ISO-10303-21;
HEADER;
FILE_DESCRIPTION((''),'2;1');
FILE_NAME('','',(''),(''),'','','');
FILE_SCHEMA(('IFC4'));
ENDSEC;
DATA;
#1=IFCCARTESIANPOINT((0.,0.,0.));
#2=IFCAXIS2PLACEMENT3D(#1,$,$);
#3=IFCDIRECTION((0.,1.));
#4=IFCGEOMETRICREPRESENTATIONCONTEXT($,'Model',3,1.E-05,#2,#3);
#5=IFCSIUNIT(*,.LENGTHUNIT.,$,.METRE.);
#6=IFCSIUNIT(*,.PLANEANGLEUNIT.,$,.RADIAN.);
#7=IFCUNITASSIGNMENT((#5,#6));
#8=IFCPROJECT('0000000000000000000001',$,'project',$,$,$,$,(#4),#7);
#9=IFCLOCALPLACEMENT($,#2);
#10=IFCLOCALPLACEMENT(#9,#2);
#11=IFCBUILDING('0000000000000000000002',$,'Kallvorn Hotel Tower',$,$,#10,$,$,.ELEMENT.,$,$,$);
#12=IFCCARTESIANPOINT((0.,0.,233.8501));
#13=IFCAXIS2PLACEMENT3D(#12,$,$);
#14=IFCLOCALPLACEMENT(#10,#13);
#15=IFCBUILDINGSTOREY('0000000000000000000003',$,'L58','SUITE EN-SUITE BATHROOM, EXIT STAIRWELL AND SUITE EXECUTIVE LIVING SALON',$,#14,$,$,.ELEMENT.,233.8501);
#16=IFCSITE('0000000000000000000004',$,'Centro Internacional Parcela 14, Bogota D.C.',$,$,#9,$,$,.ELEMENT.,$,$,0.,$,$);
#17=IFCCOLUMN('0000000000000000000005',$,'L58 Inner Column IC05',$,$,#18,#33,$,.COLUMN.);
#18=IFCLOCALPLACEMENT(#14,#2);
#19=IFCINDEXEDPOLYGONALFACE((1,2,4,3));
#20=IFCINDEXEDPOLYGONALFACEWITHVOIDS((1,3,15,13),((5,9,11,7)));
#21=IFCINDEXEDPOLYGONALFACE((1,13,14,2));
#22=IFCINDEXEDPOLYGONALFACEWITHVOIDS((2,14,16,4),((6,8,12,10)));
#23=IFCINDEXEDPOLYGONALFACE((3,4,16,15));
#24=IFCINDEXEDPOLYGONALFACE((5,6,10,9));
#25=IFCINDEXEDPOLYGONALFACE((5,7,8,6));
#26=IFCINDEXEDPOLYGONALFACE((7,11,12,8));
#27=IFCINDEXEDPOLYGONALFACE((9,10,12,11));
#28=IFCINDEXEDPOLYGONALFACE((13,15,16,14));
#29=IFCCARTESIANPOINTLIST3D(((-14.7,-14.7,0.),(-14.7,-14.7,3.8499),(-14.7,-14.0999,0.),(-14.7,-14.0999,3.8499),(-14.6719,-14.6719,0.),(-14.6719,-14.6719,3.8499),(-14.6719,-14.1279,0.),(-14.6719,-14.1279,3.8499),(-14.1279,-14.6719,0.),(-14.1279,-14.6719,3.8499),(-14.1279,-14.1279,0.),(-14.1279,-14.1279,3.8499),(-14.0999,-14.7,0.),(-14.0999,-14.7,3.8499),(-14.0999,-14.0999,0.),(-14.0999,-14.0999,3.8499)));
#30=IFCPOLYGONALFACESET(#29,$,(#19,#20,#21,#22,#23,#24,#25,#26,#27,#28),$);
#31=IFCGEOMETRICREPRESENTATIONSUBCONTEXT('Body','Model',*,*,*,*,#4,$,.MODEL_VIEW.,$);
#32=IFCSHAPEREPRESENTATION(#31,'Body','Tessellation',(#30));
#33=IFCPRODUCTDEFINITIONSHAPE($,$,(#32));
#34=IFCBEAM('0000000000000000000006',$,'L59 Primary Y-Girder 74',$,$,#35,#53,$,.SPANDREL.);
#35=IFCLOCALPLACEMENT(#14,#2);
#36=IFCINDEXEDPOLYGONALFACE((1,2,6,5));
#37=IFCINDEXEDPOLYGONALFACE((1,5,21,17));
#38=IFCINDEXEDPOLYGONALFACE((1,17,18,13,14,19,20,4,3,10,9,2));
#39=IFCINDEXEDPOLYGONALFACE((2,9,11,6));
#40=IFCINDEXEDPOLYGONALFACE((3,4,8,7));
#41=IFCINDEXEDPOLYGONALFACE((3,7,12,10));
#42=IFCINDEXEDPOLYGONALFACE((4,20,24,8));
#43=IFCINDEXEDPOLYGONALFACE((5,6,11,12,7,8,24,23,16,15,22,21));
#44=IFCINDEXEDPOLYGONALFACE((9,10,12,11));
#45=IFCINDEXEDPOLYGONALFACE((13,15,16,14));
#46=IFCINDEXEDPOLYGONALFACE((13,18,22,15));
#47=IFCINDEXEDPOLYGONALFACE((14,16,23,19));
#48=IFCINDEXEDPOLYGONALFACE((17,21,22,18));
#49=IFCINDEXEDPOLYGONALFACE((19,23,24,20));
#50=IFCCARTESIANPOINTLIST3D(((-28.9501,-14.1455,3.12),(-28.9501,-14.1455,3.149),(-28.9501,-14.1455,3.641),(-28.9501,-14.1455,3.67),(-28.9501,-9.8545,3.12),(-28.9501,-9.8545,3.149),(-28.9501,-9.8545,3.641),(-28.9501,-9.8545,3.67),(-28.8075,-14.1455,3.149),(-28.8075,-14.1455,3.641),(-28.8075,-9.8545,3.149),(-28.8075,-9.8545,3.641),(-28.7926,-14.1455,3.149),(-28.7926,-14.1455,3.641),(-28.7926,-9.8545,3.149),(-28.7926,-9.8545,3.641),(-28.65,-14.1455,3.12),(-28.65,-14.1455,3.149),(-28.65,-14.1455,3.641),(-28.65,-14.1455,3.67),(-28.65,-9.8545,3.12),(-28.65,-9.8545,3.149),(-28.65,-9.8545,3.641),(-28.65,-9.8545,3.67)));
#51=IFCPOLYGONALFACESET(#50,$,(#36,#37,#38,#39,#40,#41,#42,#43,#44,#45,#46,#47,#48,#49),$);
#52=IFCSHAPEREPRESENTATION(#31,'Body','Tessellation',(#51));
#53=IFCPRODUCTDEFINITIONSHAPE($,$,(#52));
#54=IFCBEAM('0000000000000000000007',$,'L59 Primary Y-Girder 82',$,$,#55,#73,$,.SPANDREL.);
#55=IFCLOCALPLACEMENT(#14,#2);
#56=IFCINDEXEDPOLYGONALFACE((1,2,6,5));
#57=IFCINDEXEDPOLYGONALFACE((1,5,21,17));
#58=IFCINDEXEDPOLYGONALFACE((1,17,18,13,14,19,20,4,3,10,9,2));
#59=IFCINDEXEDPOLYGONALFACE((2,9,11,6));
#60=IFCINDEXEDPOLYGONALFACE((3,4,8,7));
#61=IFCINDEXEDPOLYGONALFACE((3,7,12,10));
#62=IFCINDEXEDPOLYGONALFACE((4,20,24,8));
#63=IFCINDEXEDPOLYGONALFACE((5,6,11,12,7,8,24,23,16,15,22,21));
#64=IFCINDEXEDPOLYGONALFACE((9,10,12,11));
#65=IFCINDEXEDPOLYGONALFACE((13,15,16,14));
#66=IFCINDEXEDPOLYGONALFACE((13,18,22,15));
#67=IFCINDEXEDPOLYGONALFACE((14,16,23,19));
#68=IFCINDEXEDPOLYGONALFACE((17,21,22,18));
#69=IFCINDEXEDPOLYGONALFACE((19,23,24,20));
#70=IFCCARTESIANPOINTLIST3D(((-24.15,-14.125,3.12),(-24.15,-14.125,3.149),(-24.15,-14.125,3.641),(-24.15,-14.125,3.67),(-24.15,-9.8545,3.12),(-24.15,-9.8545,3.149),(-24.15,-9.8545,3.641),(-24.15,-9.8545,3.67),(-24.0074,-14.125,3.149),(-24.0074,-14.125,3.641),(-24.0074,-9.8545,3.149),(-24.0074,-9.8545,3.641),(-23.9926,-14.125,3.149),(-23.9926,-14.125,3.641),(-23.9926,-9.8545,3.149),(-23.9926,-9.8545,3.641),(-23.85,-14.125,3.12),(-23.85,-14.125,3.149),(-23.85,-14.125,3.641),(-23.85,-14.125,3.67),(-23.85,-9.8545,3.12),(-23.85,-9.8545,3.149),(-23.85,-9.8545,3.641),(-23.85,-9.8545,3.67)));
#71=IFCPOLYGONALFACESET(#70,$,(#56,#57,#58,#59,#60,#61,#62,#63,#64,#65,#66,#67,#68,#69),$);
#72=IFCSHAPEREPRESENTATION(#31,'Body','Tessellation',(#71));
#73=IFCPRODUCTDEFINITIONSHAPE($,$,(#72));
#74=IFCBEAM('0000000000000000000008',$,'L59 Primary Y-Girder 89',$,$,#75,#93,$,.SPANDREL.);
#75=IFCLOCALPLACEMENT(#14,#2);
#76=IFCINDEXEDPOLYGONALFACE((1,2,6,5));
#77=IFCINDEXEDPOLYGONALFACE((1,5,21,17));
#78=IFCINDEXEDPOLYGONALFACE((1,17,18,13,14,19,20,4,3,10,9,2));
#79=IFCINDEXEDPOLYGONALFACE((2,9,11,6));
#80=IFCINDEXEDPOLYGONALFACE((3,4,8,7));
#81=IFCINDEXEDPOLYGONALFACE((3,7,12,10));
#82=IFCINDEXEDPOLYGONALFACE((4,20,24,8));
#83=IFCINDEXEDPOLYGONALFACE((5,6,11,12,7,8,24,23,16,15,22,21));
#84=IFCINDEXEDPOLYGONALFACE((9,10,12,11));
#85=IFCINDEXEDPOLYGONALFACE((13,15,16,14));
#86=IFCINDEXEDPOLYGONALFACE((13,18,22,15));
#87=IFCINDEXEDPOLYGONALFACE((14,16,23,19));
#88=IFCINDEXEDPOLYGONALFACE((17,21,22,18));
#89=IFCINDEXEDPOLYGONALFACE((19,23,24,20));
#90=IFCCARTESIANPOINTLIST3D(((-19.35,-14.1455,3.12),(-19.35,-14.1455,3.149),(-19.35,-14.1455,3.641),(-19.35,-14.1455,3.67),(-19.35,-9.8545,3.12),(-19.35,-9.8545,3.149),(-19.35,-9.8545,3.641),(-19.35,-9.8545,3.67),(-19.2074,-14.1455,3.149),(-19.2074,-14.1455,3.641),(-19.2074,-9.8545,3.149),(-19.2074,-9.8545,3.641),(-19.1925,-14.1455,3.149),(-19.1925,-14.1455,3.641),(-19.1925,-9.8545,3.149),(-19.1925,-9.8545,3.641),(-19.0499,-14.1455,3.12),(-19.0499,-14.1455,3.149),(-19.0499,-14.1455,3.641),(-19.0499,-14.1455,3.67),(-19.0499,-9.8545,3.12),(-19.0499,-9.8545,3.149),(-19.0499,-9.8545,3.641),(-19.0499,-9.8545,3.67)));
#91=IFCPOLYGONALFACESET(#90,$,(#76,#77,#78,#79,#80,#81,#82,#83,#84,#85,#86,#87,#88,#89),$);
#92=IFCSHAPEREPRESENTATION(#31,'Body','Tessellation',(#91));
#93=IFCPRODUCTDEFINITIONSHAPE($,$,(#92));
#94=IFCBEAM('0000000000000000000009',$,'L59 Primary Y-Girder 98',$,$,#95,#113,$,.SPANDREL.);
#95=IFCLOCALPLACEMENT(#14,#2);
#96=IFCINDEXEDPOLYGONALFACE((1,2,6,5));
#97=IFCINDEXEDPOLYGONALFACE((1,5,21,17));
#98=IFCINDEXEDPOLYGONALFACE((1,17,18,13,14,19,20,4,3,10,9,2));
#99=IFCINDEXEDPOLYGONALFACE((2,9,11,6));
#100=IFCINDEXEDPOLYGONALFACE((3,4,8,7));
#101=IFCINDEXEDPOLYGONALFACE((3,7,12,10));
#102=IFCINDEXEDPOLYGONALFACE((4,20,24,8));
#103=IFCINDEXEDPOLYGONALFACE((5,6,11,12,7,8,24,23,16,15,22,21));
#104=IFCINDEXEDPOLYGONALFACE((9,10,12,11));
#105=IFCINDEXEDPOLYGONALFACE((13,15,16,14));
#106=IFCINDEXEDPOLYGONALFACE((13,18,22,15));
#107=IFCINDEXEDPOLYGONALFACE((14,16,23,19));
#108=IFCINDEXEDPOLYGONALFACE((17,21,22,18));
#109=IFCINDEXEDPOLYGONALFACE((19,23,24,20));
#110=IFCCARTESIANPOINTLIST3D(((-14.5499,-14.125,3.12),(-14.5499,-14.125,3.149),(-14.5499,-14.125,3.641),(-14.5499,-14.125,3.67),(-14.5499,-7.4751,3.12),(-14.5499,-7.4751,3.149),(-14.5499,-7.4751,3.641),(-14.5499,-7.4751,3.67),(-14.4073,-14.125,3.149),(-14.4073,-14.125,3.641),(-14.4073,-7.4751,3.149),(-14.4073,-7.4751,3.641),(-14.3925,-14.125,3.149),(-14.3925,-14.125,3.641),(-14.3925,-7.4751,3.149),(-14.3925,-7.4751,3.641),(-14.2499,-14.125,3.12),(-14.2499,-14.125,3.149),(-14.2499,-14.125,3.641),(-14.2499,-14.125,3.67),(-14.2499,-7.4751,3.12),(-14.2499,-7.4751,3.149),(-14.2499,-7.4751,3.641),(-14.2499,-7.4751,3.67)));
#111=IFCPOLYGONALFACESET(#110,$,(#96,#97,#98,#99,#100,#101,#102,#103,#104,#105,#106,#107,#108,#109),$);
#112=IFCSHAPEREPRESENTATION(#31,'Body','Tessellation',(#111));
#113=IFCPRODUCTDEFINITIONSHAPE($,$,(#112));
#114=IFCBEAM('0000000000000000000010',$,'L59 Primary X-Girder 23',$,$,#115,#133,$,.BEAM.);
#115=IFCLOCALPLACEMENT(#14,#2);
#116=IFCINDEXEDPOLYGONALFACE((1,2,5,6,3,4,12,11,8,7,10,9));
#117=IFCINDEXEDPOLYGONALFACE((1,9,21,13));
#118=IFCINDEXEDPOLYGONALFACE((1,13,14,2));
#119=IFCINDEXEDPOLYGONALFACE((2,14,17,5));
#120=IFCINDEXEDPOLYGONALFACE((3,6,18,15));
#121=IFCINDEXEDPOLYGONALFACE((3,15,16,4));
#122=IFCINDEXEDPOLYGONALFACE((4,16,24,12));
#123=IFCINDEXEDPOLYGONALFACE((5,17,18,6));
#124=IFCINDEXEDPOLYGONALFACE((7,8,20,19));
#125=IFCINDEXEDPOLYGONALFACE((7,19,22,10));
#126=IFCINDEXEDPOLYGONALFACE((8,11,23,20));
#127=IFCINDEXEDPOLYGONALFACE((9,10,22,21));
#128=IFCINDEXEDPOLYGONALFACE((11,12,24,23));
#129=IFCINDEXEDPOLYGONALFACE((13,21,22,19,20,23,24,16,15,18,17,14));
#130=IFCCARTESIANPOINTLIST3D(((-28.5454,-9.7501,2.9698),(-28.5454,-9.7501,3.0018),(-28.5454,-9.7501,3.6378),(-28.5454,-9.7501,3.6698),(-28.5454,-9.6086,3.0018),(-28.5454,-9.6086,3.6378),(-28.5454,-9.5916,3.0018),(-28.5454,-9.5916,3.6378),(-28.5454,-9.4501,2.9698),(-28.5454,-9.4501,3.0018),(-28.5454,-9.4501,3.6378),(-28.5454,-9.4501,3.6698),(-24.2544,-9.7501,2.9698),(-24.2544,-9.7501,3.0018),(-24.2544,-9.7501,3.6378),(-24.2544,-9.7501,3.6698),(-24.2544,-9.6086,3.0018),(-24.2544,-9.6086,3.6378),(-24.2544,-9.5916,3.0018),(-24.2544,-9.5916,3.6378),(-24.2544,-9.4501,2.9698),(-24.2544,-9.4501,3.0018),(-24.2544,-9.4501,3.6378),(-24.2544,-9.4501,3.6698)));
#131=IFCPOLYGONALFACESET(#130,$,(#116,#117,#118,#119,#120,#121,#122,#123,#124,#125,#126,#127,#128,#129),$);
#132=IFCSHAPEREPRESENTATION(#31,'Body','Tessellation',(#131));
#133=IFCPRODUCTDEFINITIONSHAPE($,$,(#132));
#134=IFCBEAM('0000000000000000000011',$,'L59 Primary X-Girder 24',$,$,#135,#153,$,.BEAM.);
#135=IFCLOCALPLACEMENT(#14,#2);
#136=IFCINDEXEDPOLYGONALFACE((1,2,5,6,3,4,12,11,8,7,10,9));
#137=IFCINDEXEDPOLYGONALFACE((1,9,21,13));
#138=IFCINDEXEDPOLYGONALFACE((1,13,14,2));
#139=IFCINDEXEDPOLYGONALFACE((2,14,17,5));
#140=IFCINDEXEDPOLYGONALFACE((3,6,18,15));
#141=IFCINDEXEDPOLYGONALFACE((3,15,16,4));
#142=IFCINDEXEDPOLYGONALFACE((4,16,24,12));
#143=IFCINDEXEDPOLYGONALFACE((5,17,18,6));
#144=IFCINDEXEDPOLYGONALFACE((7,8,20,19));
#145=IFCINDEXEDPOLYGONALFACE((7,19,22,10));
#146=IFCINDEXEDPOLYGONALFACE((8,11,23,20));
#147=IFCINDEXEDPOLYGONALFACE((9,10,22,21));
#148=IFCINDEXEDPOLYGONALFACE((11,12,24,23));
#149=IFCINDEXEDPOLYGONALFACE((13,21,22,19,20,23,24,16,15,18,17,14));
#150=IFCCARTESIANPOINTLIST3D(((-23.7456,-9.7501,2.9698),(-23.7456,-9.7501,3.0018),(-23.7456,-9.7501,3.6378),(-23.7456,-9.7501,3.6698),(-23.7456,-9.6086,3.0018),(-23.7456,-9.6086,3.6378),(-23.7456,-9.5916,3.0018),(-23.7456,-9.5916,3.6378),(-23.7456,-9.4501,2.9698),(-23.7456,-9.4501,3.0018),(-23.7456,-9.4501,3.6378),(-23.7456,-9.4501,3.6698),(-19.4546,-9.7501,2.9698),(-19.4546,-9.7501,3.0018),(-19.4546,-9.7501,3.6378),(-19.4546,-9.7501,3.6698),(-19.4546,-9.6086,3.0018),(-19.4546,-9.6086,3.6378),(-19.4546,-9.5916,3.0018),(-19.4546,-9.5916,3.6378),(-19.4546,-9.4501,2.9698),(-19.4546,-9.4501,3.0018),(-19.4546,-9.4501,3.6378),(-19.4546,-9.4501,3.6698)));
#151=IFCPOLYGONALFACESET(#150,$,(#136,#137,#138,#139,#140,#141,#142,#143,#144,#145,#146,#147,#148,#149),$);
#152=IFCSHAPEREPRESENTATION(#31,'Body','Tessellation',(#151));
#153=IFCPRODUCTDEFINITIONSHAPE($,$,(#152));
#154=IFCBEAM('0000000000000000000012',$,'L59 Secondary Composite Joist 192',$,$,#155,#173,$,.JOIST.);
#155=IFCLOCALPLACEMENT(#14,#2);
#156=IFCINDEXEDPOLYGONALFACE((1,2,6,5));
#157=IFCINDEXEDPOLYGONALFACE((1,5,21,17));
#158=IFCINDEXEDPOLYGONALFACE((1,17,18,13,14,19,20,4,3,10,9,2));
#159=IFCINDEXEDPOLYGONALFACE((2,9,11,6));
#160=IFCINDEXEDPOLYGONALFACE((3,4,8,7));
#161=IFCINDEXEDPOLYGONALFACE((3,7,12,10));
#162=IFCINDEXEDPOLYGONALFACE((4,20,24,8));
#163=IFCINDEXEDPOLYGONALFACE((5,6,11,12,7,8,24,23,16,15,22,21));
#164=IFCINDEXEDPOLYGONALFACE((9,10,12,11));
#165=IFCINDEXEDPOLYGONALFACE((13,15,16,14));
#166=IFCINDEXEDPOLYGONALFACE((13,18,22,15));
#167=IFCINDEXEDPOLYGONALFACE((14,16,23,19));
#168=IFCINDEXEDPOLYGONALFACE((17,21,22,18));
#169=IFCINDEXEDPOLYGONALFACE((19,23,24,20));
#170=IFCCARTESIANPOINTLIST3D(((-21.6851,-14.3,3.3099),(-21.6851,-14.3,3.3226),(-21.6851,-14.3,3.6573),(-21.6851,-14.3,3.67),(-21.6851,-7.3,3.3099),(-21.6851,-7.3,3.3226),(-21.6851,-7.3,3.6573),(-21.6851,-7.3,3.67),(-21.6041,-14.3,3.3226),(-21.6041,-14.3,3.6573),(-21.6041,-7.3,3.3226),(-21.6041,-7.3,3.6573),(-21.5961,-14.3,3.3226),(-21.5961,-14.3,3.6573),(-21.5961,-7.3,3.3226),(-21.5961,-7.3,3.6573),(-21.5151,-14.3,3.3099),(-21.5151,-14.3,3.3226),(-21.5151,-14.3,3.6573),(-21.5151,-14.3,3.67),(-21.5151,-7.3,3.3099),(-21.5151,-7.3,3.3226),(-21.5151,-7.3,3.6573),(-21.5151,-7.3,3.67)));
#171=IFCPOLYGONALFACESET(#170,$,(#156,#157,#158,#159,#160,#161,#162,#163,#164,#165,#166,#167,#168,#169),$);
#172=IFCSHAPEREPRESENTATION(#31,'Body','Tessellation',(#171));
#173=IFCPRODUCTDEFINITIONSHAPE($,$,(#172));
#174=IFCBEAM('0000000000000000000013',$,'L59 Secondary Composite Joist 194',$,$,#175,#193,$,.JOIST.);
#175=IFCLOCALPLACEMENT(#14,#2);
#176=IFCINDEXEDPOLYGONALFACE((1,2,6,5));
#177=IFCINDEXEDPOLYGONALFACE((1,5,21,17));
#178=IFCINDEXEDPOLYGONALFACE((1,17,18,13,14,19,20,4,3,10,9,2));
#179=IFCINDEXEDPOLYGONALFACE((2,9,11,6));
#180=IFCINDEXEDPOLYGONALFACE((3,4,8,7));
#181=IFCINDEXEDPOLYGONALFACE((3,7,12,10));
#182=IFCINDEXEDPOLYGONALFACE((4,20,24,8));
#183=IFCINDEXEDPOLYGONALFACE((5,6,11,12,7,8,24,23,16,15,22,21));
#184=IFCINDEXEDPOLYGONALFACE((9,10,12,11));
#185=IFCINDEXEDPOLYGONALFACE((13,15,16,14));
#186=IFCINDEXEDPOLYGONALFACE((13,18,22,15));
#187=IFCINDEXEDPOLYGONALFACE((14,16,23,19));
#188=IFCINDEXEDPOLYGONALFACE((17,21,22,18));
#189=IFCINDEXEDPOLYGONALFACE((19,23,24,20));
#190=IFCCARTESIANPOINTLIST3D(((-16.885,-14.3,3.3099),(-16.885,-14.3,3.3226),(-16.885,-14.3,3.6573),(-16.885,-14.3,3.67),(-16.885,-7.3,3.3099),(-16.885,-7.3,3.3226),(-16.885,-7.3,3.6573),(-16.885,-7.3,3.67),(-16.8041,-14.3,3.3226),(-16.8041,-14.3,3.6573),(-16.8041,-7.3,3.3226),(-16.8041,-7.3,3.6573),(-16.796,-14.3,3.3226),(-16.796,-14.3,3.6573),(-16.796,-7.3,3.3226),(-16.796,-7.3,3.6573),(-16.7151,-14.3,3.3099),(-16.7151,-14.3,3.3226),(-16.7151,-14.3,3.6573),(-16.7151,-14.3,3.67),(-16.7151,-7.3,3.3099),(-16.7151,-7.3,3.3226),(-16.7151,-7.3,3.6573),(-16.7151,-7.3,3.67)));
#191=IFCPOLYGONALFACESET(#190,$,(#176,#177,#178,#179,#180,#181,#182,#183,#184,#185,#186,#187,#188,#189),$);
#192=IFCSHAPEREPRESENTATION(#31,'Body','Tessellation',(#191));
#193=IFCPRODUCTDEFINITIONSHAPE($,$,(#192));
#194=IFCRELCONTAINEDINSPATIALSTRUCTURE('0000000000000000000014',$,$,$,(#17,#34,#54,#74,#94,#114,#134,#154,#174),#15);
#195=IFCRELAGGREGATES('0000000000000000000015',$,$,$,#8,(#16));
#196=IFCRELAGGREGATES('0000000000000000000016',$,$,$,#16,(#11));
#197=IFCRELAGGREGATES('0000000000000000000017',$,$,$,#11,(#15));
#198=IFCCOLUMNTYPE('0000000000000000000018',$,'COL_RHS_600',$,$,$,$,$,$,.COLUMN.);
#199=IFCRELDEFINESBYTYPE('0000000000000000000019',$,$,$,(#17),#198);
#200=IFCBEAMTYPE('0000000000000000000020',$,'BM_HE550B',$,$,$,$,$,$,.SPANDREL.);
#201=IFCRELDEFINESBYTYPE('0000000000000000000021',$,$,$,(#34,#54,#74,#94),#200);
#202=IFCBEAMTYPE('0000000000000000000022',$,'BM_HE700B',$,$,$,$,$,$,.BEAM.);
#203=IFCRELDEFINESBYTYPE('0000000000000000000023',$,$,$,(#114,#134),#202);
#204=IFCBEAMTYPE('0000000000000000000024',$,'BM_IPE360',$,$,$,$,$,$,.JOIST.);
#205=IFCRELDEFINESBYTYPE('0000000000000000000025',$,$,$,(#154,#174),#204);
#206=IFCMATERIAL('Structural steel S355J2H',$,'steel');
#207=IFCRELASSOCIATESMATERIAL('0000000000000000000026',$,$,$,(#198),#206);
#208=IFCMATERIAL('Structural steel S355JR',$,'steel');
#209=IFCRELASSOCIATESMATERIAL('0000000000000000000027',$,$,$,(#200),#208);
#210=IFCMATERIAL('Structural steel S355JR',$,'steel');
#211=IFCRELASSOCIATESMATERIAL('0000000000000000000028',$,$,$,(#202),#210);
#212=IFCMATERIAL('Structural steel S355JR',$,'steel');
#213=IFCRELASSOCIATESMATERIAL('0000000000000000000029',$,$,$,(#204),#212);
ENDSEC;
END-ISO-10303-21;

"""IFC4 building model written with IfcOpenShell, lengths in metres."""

from ifc_helpers import new_model, si_unit, direction, frame, origin, origin_2d, place, context, subcontext, project, spatial, hollow_rectangle, i_section, extrude, material, material_profile, profile_set, type_object, element, save


model = new_model("IFC4")

# Units and contexts
model_context = context("Model", 3, precision=1e-05, world=origin(), true_north=direction((0.0, 1.0)))
body_context = subcontext(model_context, "Body", "Model", "MODEL_VIEW")
ifc_project = project(units=[si_unit("LENGTHUNIT", "METRE"), si_unit("PLANEANGLEUNIT", "RADIAN")], contexts=[model_context])

# Site, building, storey
site_placement = place(None, origin())
site = spatial("IfcSite", under=ifc_project, at=site_placement, Name="Centro Internacional Parcela 14, Bogota D.C.", CompositionType="ELEMENT", RefElevation=0.0)
building_placement = place(site_placement, origin())
building = spatial("IfcBuilding", under=site, at=building_placement, Name="Kallvorn Hotel Tower", CompositionType="ELEMENT")
storey_placement = place(building_placement, frame((0.0, 0.0, 233.8501)))
storey = spatial("IfcBuildingStorey", under=building, at=storey_placement, Name="L58", Description="SUITE EN-SUITE BATHROOM, EXIT STAIRWELL AND SUITE EXECUTIVE LIVING SALON", CompositionType="ELEMENT", Elevation=233.8501)

# Column
ifc_material_1 = material(Name="Structural steel S355J2H", Category="steel")
ifc_material_profile_1 = material_profile(ifc_material_1, hollow_rectangle(XDim=0.6001, YDim=0.6001, WallThickness=0.0281, at=origin_2d()), Name="RHS 600x600x28")
ifc_profile_set_1 = profile_set([ifc_material_profile_1], Name="Structural steel S355J2H")
column_type_1 = type_object("IfcColumnType", Name="COL_RHS_600", PredefinedType="COLUMN", material=ifc_profile_set_1)
column_placement = place(storey_placement, frame((-14.3999, -14.3999, 0.0), z_axis=(0.0, 0.0, 1.0), x_axis=(1.0, 0.0, 0.0)))
element("IfcColumn", 1, at=column_placement, inside=storey, type_object=column_type_1, Name="L58 Inner Column IC05", PredefinedType="COLUMN", context=body_context, shape_type="SweptSolid", body=[
    extrude(hollow_rectangle(XDim=0.6001, YDim=0.6001, WallThickness=0.0281, at=origin_2d()), origin(), (0.0, 0.0, 1.0), 3.8499),
])

# Beams
ifc_material_2 = material(Name="Structural steel S355JR", Category="steel")
ifc_material_profile_2 = material_profile(ifc_material_2, i_section(OverallWidth=0.3, OverallDepth=0.55, WebThickness=0.0149, FlangeThickness=0.0291, at=origin_2d()), Name="HE 550 B")
ifc_profile_set_2 = profile_set([ifc_material_profile_2], Name="Structural steel S355JR")
beam_type_1 = type_object("IfcBeamType", Name="BM_HE550B", PredefinedType="SPANDREL", material=ifc_profile_set_2)
beam_1_placement = place(storey_placement, frame((-28.8, -14.1455, 3.395), z_axis=(0.0, 1.0, 0.0), x_axis=(-1.0, 0.0, 0.0)))
element("IfcBeam", 2, at=beam_1_placement, inside=storey, type_object=beam_type_1, Name="L59 Primary Y-Girder 74", PredefinedType="SPANDREL", context=body_context, shape_type="SweptSolid", body=[
    extrude(i_section(OverallWidth=0.3, OverallDepth=0.55, WebThickness=0.0149, FlangeThickness=0.0291, at=origin_2d()), origin(), (0.0, 0.0, 1.0), 4.291),
])
beam_2_placement = place(storey_placement, frame((-24.0, -14.125, 3.395), z_axis=(0.0, 1.0, 0.0), x_axis=(-1.0, 0.0, 0.0)))
element("IfcBeam", 3, at=beam_2_placement, inside=storey, type_object=beam_type_1, Name="L59 Primary Y-Girder 82", PredefinedType="SPANDREL", context=body_context, shape_type="SweptSolid", body=[
    extrude(i_section(OverallWidth=0.3, OverallDepth=0.55, WebThickness=0.0149, FlangeThickness=0.0291, at=origin_2d()), origin(), (0.0, 0.0, 1.0), 4.2705),
])
beam_3_placement = place(storey_placement, frame((-19.2, -14.1455, 3.395), z_axis=(0.0, 1.0, 0.0), x_axis=(-1.0, 0.0, 0.0)))
element("IfcBeam", 4, at=beam_3_placement, inside=storey, type_object=beam_type_1, Name="L59 Primary Y-Girder 89", PredefinedType="SPANDREL", context=body_context, shape_type="SweptSolid", body=[
    extrude(i_section(OverallWidth=0.3, OverallDepth=0.55, WebThickness=0.0149, FlangeThickness=0.0291, at=origin_2d()), origin(), (0.0, 0.0, 1.0), 4.291),
])
beam_4_placement = place(storey_placement, frame((-14.3999, -14.125, 3.395), z_axis=(0.0, 1.0, 0.0), x_axis=(-1.0, 0.0, 0.0)))
element("IfcBeam", 5, at=beam_4_placement, inside=storey, type_object=beam_type_1, Name="L59 Primary Y-Girder 98", PredefinedType="SPANDREL", context=body_context, shape_type="SweptSolid", body=[
    extrude(i_section(OverallWidth=0.3, OverallDepth=0.55, WebThickness=0.0149, FlangeThickness=0.0291, at=origin_2d()), origin(), (0.0, 0.0, 1.0), 6.6499),
])
ifc_material_3 = material(Name="Structural steel S355JR", Category="steel")
ifc_material_profile_3 = material_profile(ifc_material_3, i_section(OverallWidth=0.3, OverallDepth=0.7, WebThickness=0.0171, FlangeThickness=0.032, at=origin_2d()), Name="HE 700 B")
ifc_profile_set_3 = profile_set([ifc_material_profile_3], Name="Structural steel S355JR")
beam_type_2 = type_object("IfcBeamType", Name="BM_HE700B", PredefinedType="BEAM", material=ifc_profile_set_3)
for number, where, z_axis, x_axis, name in (
    (6, (-28.5454, -9.6001, 3.3198), (1.0, 0.0, 0.0), (0.0, 1.0, 0.0), "L59 Primary X-Girder 23"),
    (7, (-23.7456, -9.6001, 3.3198), (1.0, 0.0, 0.0), (0.0, 1.0, 0.0), "L59 Primary X-Girder 24"),
):
    element("IfcBeam", number, at=place(storey_placement, frame(where, z_axis=z_axis, x_axis=x_axis)), inside=storey, type_object=beam_type_2, Name=name, PredefinedType="BEAM", context=body_context, shape_type="SweptSolid", body=[
        extrude(i_section(OverallWidth=0.3, OverallDepth=0.7, WebThickness=0.0171, FlangeThickness=0.032, at=origin_2d()), origin(), (0.0, 0.0, 1.0), 4.291),
    ])
ifc_material_4 = material(Name="Structural steel S355JR", Category="steel")
ifc_material_profile_4 = material_profile(ifc_material_4, i_section(OverallWidth=0.1699, OverallDepth=0.3601, WebThickness=0.0081, FlangeThickness=0.0127, at=origin_2d()), Name="IPE 360")
ifc_profile_set_4 = profile_set([ifc_material_profile_4], Name="Structural steel S355JR")
beam_type_3 = type_object("IfcBeamType", Name="BM_IPE360", PredefinedType="JOIST", material=ifc_profile_set_4)
for number, where, z_axis, x_axis, name in (
    (8, (-21.6001, -14.3, 3.49), (0.0, 1.0, 0.0), (-1.0, 0.0, 0.0), "L59 Secondary Composite Joist 192"),
    (9, (-16.8, -14.3, 3.49), (0.0, 1.0, 0.0), (-1.0, 0.0, 0.0), "L59 Secondary Composite Joist 194"),
):
    element("IfcBeam", number, at=place(storey_placement, frame(where, z_axis=z_axis, x_axis=x_axis)), inside=storey, type_object=beam_type_3, Name=name, PredefinedType="JOIST", context=body_context, shape_type="SweptSolid", body=[
        extrude(i_section(OverallWidth=0.1699, OverallDepth=0.3601, WebThickness=0.0081, FlangeThickness=0.0127, at=origin_2d()), origin(), (0.0, 0.0, 1.0), 7.0),
    ])

save(model, "model.ifc")
